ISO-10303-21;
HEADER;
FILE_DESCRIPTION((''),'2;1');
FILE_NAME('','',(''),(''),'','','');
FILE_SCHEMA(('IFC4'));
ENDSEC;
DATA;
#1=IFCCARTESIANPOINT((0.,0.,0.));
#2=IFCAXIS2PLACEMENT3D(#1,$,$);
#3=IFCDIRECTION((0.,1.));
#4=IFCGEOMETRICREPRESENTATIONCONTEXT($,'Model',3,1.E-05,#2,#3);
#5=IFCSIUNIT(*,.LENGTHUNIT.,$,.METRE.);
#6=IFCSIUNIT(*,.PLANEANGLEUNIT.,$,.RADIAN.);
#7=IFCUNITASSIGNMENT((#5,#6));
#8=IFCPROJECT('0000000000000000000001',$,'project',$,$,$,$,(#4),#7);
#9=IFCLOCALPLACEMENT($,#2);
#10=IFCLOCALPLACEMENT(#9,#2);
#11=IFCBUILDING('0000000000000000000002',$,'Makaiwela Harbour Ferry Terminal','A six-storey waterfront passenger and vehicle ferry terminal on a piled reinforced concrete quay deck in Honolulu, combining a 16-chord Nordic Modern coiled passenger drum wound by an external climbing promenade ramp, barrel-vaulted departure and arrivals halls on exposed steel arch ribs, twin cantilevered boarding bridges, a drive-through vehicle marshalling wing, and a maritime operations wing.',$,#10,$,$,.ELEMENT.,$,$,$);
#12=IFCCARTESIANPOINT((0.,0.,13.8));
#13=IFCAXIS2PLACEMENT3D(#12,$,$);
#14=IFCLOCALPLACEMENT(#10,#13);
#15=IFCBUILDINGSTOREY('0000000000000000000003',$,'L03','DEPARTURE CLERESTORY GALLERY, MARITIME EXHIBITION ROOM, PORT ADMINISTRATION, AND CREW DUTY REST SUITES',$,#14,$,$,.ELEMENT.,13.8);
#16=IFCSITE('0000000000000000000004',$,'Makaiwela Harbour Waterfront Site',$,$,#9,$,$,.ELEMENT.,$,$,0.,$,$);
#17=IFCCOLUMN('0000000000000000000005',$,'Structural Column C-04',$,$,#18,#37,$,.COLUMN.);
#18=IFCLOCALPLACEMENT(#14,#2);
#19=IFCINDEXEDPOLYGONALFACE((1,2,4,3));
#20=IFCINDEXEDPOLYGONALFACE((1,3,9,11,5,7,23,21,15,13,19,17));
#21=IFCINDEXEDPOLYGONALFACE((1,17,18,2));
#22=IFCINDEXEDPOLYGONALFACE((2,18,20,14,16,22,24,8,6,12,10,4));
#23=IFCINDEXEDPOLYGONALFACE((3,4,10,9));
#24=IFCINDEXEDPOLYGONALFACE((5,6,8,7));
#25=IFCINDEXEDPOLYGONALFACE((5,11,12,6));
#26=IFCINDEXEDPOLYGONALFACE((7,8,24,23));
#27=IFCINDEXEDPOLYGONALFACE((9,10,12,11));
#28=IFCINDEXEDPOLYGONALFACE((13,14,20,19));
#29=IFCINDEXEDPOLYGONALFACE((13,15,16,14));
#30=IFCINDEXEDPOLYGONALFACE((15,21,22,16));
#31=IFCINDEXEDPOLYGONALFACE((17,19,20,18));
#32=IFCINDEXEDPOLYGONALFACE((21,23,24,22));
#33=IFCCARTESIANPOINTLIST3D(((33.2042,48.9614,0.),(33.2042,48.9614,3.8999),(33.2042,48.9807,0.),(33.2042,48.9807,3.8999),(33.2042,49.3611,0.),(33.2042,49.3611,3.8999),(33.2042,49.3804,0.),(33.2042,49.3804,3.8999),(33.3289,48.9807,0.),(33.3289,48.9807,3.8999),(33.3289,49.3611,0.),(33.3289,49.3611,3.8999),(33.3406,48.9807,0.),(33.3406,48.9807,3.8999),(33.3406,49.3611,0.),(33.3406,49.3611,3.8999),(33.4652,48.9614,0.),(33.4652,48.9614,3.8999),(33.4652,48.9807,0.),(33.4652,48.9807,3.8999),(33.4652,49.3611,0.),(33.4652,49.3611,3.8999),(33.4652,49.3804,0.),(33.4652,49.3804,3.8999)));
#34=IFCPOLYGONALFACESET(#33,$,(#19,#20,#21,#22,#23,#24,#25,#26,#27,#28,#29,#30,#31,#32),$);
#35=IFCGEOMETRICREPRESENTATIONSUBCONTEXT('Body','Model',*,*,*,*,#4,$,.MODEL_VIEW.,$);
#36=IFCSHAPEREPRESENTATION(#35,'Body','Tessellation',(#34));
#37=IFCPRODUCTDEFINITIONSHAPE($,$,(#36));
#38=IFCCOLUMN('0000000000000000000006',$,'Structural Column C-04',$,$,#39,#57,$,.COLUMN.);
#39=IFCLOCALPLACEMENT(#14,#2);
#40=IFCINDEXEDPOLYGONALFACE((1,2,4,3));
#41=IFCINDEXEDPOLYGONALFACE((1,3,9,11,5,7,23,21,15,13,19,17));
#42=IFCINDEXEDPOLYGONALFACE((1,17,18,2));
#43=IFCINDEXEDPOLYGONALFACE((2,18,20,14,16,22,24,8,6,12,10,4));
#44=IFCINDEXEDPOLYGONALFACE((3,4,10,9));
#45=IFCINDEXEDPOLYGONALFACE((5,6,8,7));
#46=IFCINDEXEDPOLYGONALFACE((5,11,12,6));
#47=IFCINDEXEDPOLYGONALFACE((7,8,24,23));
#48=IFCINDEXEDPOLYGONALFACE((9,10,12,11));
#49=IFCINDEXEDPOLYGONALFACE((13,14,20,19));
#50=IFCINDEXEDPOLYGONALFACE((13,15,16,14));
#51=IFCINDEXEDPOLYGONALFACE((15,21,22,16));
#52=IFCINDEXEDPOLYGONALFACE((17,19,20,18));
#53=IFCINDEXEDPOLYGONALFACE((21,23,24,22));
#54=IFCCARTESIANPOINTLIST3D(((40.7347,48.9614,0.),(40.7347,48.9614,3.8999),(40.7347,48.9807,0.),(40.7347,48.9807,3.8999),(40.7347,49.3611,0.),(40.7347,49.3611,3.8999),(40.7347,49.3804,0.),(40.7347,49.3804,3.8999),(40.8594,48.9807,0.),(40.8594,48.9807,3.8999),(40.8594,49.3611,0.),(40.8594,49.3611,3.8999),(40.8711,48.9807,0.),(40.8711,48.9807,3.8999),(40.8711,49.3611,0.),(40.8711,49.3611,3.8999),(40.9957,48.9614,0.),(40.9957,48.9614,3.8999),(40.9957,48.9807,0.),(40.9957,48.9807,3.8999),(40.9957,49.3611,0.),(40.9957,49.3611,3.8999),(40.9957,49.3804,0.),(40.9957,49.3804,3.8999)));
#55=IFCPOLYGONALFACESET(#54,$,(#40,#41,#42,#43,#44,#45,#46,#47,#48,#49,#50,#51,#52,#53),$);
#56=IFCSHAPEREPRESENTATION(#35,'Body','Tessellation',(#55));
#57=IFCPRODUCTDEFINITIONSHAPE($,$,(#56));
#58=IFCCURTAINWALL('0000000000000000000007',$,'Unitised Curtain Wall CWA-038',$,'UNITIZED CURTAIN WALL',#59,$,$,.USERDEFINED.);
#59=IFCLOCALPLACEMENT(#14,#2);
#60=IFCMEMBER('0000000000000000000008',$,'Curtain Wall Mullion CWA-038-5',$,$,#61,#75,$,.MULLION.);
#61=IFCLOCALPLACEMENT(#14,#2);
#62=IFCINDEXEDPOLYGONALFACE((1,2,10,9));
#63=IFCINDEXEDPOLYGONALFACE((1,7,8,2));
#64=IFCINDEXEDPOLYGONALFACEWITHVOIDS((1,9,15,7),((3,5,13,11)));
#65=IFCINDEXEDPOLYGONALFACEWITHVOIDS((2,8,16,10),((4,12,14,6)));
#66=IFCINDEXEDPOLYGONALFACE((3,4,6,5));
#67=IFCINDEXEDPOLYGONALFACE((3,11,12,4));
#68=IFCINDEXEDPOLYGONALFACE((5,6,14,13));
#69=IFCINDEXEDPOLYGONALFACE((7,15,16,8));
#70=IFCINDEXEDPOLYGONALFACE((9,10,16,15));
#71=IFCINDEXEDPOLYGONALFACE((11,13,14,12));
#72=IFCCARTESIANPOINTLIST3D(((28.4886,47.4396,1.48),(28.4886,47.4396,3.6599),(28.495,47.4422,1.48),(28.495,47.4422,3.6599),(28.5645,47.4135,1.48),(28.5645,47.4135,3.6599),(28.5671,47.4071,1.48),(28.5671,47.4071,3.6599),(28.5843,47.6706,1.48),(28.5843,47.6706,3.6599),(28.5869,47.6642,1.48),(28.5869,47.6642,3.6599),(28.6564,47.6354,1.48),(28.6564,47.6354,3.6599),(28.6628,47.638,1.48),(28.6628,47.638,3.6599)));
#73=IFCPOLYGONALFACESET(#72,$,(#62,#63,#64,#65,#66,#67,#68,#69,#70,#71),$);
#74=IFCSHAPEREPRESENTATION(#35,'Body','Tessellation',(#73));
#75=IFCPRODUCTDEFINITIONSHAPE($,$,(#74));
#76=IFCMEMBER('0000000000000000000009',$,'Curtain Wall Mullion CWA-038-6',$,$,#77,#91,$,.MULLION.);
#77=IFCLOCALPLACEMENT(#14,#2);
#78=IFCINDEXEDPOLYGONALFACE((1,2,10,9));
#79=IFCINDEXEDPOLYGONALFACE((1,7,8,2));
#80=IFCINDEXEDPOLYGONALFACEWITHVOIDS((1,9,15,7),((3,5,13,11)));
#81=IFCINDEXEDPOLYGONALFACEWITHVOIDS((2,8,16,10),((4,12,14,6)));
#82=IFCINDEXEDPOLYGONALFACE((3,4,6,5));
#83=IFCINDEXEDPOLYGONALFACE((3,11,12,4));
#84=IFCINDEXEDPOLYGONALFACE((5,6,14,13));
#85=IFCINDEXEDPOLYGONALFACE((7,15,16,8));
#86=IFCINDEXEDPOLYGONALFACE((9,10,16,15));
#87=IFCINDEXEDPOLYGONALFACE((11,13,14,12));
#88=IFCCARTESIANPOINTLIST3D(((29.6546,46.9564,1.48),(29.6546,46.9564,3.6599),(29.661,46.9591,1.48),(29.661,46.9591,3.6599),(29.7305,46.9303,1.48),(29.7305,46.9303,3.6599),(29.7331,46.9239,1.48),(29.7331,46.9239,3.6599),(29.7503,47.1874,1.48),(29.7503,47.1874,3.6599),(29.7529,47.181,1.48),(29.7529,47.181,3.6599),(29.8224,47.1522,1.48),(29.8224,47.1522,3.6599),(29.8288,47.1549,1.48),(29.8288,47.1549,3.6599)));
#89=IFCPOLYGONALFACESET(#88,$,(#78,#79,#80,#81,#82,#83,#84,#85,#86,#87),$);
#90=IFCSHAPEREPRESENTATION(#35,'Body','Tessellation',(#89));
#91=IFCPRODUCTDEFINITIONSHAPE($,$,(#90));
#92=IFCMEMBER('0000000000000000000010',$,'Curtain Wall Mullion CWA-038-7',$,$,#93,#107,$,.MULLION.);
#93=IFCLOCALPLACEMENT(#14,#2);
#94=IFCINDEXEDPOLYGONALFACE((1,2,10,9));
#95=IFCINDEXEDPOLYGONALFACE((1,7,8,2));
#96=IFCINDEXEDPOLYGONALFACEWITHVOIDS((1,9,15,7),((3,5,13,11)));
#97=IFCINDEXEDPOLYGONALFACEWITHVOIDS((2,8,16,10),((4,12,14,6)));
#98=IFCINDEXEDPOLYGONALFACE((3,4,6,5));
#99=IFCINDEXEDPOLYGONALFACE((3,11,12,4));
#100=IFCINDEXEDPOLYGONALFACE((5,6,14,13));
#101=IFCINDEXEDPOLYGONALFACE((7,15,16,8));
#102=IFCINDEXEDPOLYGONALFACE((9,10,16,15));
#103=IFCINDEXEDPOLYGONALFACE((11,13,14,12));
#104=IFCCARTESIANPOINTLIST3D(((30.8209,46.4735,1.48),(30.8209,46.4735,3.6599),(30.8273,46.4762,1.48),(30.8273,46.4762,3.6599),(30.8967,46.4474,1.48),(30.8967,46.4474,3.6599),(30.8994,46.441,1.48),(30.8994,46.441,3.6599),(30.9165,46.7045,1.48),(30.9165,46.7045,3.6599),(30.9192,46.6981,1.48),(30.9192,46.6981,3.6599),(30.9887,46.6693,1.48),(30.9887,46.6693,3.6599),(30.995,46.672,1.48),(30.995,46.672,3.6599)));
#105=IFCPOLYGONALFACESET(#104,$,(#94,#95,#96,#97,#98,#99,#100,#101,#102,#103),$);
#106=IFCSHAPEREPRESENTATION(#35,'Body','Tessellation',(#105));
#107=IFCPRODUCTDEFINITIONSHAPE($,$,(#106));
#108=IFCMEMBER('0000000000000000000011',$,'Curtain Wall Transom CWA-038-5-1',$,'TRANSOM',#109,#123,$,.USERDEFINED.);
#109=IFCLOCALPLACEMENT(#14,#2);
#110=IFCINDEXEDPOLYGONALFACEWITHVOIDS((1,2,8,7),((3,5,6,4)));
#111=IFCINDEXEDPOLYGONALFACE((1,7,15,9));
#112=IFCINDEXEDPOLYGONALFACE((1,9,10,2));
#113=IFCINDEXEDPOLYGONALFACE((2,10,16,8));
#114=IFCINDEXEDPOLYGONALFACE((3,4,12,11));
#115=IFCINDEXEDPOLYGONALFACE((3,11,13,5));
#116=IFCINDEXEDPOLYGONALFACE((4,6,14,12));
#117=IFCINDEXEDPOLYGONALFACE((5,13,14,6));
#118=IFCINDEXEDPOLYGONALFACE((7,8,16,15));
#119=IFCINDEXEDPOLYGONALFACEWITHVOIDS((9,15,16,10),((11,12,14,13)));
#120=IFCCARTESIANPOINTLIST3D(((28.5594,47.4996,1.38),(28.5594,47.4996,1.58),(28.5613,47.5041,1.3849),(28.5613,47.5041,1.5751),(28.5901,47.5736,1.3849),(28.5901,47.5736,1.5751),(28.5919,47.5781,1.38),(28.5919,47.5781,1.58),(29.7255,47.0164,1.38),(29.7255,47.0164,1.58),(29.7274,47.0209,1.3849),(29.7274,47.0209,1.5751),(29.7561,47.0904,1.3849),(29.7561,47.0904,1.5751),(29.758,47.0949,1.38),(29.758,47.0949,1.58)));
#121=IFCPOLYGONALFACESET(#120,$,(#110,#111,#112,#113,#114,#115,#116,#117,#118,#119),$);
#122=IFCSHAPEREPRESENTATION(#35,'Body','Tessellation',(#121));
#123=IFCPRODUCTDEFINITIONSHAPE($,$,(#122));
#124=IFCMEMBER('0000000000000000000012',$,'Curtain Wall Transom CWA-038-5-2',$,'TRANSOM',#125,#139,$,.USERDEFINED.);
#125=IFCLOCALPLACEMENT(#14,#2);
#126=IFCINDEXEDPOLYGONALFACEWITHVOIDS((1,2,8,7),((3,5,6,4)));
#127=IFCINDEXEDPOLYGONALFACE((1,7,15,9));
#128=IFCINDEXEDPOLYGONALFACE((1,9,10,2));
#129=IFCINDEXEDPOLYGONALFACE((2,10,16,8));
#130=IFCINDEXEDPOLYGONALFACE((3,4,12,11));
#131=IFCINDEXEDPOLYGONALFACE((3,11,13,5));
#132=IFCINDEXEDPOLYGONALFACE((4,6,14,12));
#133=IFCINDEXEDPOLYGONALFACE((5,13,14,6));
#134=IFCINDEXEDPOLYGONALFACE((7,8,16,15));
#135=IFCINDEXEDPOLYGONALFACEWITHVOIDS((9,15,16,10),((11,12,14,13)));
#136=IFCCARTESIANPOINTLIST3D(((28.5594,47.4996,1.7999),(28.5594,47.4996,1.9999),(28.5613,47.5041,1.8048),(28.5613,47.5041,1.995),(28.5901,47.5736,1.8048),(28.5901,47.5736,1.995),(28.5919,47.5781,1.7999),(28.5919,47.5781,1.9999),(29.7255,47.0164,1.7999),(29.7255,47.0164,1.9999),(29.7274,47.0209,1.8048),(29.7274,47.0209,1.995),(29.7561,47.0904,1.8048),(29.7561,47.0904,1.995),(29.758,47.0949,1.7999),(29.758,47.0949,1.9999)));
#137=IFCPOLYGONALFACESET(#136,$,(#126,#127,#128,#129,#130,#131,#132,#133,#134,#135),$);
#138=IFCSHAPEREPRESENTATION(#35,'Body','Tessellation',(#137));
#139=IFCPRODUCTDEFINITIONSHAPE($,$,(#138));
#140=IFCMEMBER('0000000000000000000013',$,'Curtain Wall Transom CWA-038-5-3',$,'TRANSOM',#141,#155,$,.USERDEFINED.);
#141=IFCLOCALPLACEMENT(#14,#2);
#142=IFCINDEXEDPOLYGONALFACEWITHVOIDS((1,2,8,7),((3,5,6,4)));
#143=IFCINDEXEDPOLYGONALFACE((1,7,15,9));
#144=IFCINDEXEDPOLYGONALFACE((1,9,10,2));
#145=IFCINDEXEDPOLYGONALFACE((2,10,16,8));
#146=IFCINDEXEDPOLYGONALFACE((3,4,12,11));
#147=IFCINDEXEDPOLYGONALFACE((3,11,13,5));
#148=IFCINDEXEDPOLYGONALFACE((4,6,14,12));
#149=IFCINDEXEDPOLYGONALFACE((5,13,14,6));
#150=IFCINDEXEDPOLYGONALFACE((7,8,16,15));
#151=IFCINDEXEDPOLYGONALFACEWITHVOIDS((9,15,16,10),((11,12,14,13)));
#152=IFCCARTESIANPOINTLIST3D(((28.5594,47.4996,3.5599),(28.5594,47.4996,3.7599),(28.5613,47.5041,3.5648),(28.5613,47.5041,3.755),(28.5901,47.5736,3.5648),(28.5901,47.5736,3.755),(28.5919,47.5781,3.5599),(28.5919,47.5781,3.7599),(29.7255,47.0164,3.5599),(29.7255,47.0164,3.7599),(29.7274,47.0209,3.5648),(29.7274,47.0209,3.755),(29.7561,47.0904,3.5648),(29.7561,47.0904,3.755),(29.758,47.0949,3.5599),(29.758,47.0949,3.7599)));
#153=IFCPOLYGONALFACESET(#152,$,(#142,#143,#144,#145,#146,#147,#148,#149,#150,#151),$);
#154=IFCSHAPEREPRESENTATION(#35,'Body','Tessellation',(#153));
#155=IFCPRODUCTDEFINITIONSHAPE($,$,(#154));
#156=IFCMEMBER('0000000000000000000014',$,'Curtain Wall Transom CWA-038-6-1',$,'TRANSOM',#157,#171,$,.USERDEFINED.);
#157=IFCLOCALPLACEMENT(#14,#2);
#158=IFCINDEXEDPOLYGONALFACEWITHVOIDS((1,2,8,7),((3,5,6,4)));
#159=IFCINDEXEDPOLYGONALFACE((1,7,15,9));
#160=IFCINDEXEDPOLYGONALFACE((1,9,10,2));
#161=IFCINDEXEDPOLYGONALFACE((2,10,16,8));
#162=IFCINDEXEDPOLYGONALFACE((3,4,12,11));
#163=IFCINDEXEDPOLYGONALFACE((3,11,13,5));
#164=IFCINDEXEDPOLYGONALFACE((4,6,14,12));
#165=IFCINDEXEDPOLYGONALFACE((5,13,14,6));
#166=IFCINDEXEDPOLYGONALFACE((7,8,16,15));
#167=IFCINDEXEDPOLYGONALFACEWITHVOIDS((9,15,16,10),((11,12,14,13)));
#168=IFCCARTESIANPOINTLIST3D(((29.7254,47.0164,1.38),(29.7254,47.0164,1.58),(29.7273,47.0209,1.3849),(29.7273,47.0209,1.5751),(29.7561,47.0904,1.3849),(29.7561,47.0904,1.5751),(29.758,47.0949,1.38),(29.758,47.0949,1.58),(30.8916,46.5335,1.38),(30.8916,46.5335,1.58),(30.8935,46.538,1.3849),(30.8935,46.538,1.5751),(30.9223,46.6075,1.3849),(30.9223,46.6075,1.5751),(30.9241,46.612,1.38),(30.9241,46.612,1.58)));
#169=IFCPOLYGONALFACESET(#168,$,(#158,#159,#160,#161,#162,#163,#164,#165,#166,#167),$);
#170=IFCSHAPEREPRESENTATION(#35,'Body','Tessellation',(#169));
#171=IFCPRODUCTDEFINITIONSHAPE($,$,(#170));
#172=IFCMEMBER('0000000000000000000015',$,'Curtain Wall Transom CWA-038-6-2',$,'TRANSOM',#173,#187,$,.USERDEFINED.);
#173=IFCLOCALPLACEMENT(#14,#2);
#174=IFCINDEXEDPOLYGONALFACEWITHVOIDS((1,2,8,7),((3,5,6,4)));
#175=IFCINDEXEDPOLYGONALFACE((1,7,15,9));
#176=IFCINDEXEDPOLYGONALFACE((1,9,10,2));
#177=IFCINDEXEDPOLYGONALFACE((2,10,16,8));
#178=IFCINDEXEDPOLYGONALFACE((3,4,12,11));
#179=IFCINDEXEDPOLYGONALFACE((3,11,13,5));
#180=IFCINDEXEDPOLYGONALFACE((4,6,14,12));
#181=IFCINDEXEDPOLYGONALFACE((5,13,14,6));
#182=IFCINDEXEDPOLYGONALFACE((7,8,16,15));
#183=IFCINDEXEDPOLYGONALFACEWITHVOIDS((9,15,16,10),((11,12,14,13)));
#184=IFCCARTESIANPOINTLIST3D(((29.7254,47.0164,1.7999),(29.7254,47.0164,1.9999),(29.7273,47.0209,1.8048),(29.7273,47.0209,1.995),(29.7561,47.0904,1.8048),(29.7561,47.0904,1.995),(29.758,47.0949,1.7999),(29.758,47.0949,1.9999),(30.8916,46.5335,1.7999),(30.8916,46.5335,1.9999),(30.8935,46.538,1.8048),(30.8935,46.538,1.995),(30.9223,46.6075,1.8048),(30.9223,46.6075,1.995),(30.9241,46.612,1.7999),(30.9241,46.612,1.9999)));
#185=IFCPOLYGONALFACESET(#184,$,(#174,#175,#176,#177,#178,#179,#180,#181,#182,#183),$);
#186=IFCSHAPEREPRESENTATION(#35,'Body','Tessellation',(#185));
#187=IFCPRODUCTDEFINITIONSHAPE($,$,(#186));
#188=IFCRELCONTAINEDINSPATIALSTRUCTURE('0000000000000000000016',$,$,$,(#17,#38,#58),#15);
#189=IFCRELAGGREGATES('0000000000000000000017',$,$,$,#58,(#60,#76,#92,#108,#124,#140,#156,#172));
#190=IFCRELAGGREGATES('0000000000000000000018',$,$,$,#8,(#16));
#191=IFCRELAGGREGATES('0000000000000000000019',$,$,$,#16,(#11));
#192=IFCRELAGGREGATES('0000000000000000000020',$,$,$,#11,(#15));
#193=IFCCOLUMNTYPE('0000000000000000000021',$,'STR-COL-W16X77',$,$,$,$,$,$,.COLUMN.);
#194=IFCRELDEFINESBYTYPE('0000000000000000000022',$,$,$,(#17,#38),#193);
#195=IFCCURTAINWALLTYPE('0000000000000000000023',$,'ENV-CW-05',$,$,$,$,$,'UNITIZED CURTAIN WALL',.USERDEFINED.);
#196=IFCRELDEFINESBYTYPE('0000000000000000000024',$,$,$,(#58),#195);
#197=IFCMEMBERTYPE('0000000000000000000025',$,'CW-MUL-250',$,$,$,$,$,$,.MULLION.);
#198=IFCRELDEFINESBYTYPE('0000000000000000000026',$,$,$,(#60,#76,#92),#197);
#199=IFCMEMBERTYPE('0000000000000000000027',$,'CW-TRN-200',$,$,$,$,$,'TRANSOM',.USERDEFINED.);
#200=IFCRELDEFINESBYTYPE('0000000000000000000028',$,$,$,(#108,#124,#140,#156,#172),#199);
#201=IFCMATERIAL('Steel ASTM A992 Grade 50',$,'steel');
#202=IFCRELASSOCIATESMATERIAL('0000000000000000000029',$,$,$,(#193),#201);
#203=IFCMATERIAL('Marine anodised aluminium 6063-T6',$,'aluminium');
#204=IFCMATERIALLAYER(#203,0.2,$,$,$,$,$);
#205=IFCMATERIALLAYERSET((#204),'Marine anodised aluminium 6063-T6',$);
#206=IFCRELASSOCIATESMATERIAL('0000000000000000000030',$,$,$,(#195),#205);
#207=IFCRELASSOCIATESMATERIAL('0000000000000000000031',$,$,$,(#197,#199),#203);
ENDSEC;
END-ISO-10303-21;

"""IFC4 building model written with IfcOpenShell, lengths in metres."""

from ifc_helpers import new_model, si_unit, direction, frame, origin, origin_2d, place, context, subcontext, project, spatial, hollow_rectangle, i_section, extrude, material, layer, layer_set, material_profile, profile_set, type_object, element, aggregate, save


model = new_model("IFC4")

# Units and contexts
model_context = context("Model", 3, precision=1e-05, world=origin(), true_north=direction((0.0, 1.0)))
body_context = subcontext(model_context, "Body", "Model", "MODEL_VIEW")
ifc_project = project(units=[si_unit("LENGTHUNIT", "METRE"), si_unit("PLANEANGLEUNIT", "RADIAN")], contexts=[model_context])

# Site, building, storey
site_placement = place(None, origin())
site = spatial("IfcSite", under=ifc_project, at=site_placement, Name="Makaiwela Harbour Waterfront Site", CompositionType="ELEMENT", RefElevation=0.0)
building_placement = place(site_placement, origin())
building = spatial("IfcBuilding", under=site, at=building_placement, Name="Makaiwela Harbour Ferry Terminal", Description="A six-storey waterfront passenger and vehicle ferry terminal on a piled reinforced concrete quay deck in Honolulu, combining a 16-chord Nordic Modern coiled passenger drum wound by an external climbing promenade ramp, barrel-vaulted departure and arrivals halls on exposed steel arch ribs, twin cantilevered boarding bridges, a drive-through vehicle marshalling wing, and a maritime operations wing.", CompositionType="ELEMENT")
storey_placement = place(building_placement, frame((0.0, 0.0, 13.8)))
storey = spatial("IfcBuildingStorey", under=building, at=storey_placement, Name="L03", Description="DEPARTURE CLERESTORY GALLERY, MARITIME EXHIBITION ROOM, PORT ADMINISTRATION, AND CREW DUTY REST SUITES", CompositionType="ELEMENT", Elevation=13.8)

# Columns
ifc_material_1 = material(Name="Steel ASTM A992 Grade 50", Category="steel")
ifc_material_profile_1 = material_profile(ifc_material_1, i_section(OverallWidth=0.261, OverallDepth=0.4189, WebThickness=0.0117, FlangeThickness=0.0193, at=origin_2d()), Name="W16X77")
ifc_profile_set_1 = profile_set([ifc_material_profile_1], Name="Steel ASTM A992 Grade 50")
column_type = type_object("IfcColumnType", Name="STR-COL-W16X77", PredefinedType="COLUMN", material=ifc_profile_set_1)
for number, where, z_axis, x_axis, name in (
    (1, (33.3347, 49.1709, 0.0), (0.0, 0.0, 1.0), (1.0, 0.0, 0.0), "Structural Column C-04"),
    (2, (40.8652, 49.1709, 0.0), (0.0, 0.0, 1.0), (1.0, 0.0, 0.0), "Structural Column C-04"),
):
    element("IfcColumn", number, at=place(storey_placement, frame(where, z_axis=z_axis, x_axis=x_axis)), inside=storey, type_object=column_type, Name=name, PredefinedType="COLUMN", context=body_context, shape_type="SweptSolid", body=[
        extrude(i_section(OverallWidth=0.261, OverallDepth=0.4189, WebThickness=0.0117, FlangeThickness=0.0193, at=origin_2d()), origin(), (0.0, 0.0, 1.0), 3.8999),
    ])

# Curtain wall, members
ifc_material_2 = material(Name="Marine anodised aluminium 6063-T6", Category="aluminium")
ifc_layer_1 = layer(ifc_material_2, 0.2)
ifc_layer_set_1 = layer_set([ifc_layer_1], Name="Marine anodised aluminium 6063-T6")
curtain_wall_type = type_object("IfcCurtainWallType", Name="ENV-CW-05", ElementType="UNITIZED CURTAIN WALL", PredefinedType="USERDEFINED", material=ifc_layer_set_1)
curtain_wall_placement = place(storey_placement, origin())
curtain_wall = element("IfcCurtainWall", 3, at=curtain_wall_placement, inside=storey, type_object=curtain_wall_type, Name="Unitised Curtain Wall CWA-038", ObjectType="UNITIZED CURTAIN WALL", PredefinedType="USERDEFINED")
ifc_material_profile_2 = material_profile(ifc_material_2, hollow_rectangle(XDim=0.085, YDim=0.25, WallThickness=0.0049, at=origin_2d()), Name="CWM-250X85")
ifc_profile_set_2 = profile_set([ifc_material_profile_2], Name="Marine anodised aluminium 6063-T6")
member_type_1 = type_object("IfcMemberType", Name="CW-MUL-250", PredefinedType="MULLION", material=ifc_profile_set_2)
member_1_placement = place(storey_placement, frame((28.5757, 47.5388, 1.48), z_axis=(0.0, 0.0, 1.0), x_axis=(-0.92388, 0.382683, 0.0)))
member_1 = element("IfcMember", 4, at=member_1_placement, type_object=member_type_1, Name="Curtain Wall Mullion CWA-038-5", PredefinedType="MULLION", context=body_context, shape_type="SweptSolid", body=[
    extrude(hollow_rectangle(XDim=0.085, YDim=0.25, WallThickness=0.0049, at=origin_2d()), origin(), (0.0, 0.0, 1.0), 2.1799),
])
member_2_placement = place(storey_placement, frame((29.7417, 47.0557, 1.48), z_axis=(0.0, 0.0, 1.0), x_axis=(-0.92388, 0.382683, 0.0)))
member_2 = element("IfcMember", 5, at=member_2_placement, type_object=member_type_1, Name="Curtain Wall Mullion CWA-038-6", PredefinedType="MULLION", context=body_context, shape_type="SweptSolid", body=[
    extrude(hollow_rectangle(XDim=0.085, YDim=0.25, WallThickness=0.0049, at=origin_2d()), origin(), (0.0, 0.0, 1.0), 2.1799),
])
member_3_placement = place(storey_placement, frame((30.908, 46.5728, 1.48), z_axis=(0.0, 0.0, 1.0), x_axis=(-0.92388, 0.382683, 0.0)))
member_3 = element("IfcMember", 6, at=member_3_placement, type_object=member_type_1, Name="Curtain Wall Mullion CWA-038-7", PredefinedType="MULLION", context=body_context, shape_type="SweptSolid", body=[
    extrude(hollow_rectangle(XDim=0.085, YDim=0.25, WallThickness=0.0049, at=origin_2d()), origin(), (0.0, 0.0, 1.0), 2.1799),
])
ifc_material_profile_3 = material_profile(ifc_material_2, hollow_rectangle(XDim=0.085, YDim=0.2, WallThickness=0.0049, at=origin_2d()), Name="CWT-200X85")
ifc_profile_set_3 = profile_set([ifc_material_profile_3], Name="Marine anodised aluminium 6063-T6")
member_type_2 = type_object("IfcMemberType", Name="CW-TRN-200", ElementType="TRANSOM", PredefinedType="USERDEFINED", material=ifc_profile_set_3)
member_4_placement = place(storey_placement, frame((28.5757, 47.5388, 1.48), z_axis=(0.923831, -0.382802, 0.0), x_axis=(0.382802, 0.923831, 0.0)))
member_4 = element("IfcMember", 7, at=member_4_placement, type_object=member_type_2, Name="Curtain Wall Transom CWA-038-5-1", ObjectType="TRANSOM", PredefinedType="USERDEFINED", context=body_context, shape_type="SweptSolid", body=[
    extrude(hollow_rectangle(XDim=0.085, YDim=0.2, WallThickness=0.0049, at=origin_2d()), origin(), (0.0, 0.0, 1.0), 1.2622),
])
member_5_placement = place(storey_placement, frame((28.5757, 47.5388, 1.8999), z_axis=(0.923831, -0.382802, 0.0), x_axis=(0.382802, 0.923831, 0.0)))
member_5 = element("IfcMember", 8, at=member_5_placement, type_object=member_type_2, Name="Curtain Wall Transom CWA-038-5-2", ObjectType="TRANSOM", PredefinedType="USERDEFINED", context=body_context, shape_type="SweptSolid", body=[
    extrude(hollow_rectangle(XDim=0.085, YDim=0.2, WallThickness=0.0049, at=origin_2d()), origin(), (0.0, 0.0, 1.0), 1.2622),
])
member_6_placement = place(storey_placement, frame((28.5757, 47.5388, 3.6599), z_axis=(0.923831, -0.382802, 0.0), x_axis=(0.382802, 0.923831, 0.0)))
member_6 = element("IfcMember", 9, at=member_6_placement, type_object=member_type_2, Name="Curtain Wall Transom CWA-038-5-3", ObjectType="TRANSOM", PredefinedType="USERDEFINED", context=body_context, shape_type="SweptSolid", body=[
    extrude(hollow_rectangle(XDim=0.085, YDim=0.2, WallThickness=0.0049, at=origin_2d()), origin(), (0.0, 0.0, 1.0), 1.2622),
])
member_7_placement = place(storey_placement, frame((29.7417, 47.0557, 1.48), z_axis=(0.923927, -0.382568, 0.0), x_axis=(0.382568, 0.923927, 0.0)))
member_7 = element("IfcMember", 10, at=member_7_placement, type_object=member_type_2, Name="Curtain Wall Transom CWA-038-6-1", ObjectType="TRANSOM", PredefinedType="USERDEFINED", context=body_context, shape_type="SweptSolid", body=[
    extrude(hollow_rectangle(XDim=0.085, YDim=0.2, WallThickness=0.0049, at=origin_2d()), origin(), (0.0, 0.0, 1.0), 1.2622),
])
member_8_placement = place(storey_placement, frame((29.7417, 47.0557, 1.8999), z_axis=(0.923927, -0.382568, 0.0), x_axis=(0.382568, 0.923927, 0.0)))
member_8 = element("IfcMember", 11, at=member_8_placement, type_object=member_type_2, Name="Curtain Wall Transom CWA-038-6-2", ObjectType="TRANSOM", PredefinedType="USERDEFINED", context=body_context, shape_type="SweptSolid", body=[
    extrude(hollow_rectangle(XDim=0.085, YDim=0.2, WallThickness=0.0049, at=origin_2d()), origin(), (0.0, 0.0, 1.0), 1.2622),
])

aggregate(curtain_wall, [member_1, member_2, member_3, member_4, member_5, member_6, member_7, member_8])

save(model, "model.ifc")
